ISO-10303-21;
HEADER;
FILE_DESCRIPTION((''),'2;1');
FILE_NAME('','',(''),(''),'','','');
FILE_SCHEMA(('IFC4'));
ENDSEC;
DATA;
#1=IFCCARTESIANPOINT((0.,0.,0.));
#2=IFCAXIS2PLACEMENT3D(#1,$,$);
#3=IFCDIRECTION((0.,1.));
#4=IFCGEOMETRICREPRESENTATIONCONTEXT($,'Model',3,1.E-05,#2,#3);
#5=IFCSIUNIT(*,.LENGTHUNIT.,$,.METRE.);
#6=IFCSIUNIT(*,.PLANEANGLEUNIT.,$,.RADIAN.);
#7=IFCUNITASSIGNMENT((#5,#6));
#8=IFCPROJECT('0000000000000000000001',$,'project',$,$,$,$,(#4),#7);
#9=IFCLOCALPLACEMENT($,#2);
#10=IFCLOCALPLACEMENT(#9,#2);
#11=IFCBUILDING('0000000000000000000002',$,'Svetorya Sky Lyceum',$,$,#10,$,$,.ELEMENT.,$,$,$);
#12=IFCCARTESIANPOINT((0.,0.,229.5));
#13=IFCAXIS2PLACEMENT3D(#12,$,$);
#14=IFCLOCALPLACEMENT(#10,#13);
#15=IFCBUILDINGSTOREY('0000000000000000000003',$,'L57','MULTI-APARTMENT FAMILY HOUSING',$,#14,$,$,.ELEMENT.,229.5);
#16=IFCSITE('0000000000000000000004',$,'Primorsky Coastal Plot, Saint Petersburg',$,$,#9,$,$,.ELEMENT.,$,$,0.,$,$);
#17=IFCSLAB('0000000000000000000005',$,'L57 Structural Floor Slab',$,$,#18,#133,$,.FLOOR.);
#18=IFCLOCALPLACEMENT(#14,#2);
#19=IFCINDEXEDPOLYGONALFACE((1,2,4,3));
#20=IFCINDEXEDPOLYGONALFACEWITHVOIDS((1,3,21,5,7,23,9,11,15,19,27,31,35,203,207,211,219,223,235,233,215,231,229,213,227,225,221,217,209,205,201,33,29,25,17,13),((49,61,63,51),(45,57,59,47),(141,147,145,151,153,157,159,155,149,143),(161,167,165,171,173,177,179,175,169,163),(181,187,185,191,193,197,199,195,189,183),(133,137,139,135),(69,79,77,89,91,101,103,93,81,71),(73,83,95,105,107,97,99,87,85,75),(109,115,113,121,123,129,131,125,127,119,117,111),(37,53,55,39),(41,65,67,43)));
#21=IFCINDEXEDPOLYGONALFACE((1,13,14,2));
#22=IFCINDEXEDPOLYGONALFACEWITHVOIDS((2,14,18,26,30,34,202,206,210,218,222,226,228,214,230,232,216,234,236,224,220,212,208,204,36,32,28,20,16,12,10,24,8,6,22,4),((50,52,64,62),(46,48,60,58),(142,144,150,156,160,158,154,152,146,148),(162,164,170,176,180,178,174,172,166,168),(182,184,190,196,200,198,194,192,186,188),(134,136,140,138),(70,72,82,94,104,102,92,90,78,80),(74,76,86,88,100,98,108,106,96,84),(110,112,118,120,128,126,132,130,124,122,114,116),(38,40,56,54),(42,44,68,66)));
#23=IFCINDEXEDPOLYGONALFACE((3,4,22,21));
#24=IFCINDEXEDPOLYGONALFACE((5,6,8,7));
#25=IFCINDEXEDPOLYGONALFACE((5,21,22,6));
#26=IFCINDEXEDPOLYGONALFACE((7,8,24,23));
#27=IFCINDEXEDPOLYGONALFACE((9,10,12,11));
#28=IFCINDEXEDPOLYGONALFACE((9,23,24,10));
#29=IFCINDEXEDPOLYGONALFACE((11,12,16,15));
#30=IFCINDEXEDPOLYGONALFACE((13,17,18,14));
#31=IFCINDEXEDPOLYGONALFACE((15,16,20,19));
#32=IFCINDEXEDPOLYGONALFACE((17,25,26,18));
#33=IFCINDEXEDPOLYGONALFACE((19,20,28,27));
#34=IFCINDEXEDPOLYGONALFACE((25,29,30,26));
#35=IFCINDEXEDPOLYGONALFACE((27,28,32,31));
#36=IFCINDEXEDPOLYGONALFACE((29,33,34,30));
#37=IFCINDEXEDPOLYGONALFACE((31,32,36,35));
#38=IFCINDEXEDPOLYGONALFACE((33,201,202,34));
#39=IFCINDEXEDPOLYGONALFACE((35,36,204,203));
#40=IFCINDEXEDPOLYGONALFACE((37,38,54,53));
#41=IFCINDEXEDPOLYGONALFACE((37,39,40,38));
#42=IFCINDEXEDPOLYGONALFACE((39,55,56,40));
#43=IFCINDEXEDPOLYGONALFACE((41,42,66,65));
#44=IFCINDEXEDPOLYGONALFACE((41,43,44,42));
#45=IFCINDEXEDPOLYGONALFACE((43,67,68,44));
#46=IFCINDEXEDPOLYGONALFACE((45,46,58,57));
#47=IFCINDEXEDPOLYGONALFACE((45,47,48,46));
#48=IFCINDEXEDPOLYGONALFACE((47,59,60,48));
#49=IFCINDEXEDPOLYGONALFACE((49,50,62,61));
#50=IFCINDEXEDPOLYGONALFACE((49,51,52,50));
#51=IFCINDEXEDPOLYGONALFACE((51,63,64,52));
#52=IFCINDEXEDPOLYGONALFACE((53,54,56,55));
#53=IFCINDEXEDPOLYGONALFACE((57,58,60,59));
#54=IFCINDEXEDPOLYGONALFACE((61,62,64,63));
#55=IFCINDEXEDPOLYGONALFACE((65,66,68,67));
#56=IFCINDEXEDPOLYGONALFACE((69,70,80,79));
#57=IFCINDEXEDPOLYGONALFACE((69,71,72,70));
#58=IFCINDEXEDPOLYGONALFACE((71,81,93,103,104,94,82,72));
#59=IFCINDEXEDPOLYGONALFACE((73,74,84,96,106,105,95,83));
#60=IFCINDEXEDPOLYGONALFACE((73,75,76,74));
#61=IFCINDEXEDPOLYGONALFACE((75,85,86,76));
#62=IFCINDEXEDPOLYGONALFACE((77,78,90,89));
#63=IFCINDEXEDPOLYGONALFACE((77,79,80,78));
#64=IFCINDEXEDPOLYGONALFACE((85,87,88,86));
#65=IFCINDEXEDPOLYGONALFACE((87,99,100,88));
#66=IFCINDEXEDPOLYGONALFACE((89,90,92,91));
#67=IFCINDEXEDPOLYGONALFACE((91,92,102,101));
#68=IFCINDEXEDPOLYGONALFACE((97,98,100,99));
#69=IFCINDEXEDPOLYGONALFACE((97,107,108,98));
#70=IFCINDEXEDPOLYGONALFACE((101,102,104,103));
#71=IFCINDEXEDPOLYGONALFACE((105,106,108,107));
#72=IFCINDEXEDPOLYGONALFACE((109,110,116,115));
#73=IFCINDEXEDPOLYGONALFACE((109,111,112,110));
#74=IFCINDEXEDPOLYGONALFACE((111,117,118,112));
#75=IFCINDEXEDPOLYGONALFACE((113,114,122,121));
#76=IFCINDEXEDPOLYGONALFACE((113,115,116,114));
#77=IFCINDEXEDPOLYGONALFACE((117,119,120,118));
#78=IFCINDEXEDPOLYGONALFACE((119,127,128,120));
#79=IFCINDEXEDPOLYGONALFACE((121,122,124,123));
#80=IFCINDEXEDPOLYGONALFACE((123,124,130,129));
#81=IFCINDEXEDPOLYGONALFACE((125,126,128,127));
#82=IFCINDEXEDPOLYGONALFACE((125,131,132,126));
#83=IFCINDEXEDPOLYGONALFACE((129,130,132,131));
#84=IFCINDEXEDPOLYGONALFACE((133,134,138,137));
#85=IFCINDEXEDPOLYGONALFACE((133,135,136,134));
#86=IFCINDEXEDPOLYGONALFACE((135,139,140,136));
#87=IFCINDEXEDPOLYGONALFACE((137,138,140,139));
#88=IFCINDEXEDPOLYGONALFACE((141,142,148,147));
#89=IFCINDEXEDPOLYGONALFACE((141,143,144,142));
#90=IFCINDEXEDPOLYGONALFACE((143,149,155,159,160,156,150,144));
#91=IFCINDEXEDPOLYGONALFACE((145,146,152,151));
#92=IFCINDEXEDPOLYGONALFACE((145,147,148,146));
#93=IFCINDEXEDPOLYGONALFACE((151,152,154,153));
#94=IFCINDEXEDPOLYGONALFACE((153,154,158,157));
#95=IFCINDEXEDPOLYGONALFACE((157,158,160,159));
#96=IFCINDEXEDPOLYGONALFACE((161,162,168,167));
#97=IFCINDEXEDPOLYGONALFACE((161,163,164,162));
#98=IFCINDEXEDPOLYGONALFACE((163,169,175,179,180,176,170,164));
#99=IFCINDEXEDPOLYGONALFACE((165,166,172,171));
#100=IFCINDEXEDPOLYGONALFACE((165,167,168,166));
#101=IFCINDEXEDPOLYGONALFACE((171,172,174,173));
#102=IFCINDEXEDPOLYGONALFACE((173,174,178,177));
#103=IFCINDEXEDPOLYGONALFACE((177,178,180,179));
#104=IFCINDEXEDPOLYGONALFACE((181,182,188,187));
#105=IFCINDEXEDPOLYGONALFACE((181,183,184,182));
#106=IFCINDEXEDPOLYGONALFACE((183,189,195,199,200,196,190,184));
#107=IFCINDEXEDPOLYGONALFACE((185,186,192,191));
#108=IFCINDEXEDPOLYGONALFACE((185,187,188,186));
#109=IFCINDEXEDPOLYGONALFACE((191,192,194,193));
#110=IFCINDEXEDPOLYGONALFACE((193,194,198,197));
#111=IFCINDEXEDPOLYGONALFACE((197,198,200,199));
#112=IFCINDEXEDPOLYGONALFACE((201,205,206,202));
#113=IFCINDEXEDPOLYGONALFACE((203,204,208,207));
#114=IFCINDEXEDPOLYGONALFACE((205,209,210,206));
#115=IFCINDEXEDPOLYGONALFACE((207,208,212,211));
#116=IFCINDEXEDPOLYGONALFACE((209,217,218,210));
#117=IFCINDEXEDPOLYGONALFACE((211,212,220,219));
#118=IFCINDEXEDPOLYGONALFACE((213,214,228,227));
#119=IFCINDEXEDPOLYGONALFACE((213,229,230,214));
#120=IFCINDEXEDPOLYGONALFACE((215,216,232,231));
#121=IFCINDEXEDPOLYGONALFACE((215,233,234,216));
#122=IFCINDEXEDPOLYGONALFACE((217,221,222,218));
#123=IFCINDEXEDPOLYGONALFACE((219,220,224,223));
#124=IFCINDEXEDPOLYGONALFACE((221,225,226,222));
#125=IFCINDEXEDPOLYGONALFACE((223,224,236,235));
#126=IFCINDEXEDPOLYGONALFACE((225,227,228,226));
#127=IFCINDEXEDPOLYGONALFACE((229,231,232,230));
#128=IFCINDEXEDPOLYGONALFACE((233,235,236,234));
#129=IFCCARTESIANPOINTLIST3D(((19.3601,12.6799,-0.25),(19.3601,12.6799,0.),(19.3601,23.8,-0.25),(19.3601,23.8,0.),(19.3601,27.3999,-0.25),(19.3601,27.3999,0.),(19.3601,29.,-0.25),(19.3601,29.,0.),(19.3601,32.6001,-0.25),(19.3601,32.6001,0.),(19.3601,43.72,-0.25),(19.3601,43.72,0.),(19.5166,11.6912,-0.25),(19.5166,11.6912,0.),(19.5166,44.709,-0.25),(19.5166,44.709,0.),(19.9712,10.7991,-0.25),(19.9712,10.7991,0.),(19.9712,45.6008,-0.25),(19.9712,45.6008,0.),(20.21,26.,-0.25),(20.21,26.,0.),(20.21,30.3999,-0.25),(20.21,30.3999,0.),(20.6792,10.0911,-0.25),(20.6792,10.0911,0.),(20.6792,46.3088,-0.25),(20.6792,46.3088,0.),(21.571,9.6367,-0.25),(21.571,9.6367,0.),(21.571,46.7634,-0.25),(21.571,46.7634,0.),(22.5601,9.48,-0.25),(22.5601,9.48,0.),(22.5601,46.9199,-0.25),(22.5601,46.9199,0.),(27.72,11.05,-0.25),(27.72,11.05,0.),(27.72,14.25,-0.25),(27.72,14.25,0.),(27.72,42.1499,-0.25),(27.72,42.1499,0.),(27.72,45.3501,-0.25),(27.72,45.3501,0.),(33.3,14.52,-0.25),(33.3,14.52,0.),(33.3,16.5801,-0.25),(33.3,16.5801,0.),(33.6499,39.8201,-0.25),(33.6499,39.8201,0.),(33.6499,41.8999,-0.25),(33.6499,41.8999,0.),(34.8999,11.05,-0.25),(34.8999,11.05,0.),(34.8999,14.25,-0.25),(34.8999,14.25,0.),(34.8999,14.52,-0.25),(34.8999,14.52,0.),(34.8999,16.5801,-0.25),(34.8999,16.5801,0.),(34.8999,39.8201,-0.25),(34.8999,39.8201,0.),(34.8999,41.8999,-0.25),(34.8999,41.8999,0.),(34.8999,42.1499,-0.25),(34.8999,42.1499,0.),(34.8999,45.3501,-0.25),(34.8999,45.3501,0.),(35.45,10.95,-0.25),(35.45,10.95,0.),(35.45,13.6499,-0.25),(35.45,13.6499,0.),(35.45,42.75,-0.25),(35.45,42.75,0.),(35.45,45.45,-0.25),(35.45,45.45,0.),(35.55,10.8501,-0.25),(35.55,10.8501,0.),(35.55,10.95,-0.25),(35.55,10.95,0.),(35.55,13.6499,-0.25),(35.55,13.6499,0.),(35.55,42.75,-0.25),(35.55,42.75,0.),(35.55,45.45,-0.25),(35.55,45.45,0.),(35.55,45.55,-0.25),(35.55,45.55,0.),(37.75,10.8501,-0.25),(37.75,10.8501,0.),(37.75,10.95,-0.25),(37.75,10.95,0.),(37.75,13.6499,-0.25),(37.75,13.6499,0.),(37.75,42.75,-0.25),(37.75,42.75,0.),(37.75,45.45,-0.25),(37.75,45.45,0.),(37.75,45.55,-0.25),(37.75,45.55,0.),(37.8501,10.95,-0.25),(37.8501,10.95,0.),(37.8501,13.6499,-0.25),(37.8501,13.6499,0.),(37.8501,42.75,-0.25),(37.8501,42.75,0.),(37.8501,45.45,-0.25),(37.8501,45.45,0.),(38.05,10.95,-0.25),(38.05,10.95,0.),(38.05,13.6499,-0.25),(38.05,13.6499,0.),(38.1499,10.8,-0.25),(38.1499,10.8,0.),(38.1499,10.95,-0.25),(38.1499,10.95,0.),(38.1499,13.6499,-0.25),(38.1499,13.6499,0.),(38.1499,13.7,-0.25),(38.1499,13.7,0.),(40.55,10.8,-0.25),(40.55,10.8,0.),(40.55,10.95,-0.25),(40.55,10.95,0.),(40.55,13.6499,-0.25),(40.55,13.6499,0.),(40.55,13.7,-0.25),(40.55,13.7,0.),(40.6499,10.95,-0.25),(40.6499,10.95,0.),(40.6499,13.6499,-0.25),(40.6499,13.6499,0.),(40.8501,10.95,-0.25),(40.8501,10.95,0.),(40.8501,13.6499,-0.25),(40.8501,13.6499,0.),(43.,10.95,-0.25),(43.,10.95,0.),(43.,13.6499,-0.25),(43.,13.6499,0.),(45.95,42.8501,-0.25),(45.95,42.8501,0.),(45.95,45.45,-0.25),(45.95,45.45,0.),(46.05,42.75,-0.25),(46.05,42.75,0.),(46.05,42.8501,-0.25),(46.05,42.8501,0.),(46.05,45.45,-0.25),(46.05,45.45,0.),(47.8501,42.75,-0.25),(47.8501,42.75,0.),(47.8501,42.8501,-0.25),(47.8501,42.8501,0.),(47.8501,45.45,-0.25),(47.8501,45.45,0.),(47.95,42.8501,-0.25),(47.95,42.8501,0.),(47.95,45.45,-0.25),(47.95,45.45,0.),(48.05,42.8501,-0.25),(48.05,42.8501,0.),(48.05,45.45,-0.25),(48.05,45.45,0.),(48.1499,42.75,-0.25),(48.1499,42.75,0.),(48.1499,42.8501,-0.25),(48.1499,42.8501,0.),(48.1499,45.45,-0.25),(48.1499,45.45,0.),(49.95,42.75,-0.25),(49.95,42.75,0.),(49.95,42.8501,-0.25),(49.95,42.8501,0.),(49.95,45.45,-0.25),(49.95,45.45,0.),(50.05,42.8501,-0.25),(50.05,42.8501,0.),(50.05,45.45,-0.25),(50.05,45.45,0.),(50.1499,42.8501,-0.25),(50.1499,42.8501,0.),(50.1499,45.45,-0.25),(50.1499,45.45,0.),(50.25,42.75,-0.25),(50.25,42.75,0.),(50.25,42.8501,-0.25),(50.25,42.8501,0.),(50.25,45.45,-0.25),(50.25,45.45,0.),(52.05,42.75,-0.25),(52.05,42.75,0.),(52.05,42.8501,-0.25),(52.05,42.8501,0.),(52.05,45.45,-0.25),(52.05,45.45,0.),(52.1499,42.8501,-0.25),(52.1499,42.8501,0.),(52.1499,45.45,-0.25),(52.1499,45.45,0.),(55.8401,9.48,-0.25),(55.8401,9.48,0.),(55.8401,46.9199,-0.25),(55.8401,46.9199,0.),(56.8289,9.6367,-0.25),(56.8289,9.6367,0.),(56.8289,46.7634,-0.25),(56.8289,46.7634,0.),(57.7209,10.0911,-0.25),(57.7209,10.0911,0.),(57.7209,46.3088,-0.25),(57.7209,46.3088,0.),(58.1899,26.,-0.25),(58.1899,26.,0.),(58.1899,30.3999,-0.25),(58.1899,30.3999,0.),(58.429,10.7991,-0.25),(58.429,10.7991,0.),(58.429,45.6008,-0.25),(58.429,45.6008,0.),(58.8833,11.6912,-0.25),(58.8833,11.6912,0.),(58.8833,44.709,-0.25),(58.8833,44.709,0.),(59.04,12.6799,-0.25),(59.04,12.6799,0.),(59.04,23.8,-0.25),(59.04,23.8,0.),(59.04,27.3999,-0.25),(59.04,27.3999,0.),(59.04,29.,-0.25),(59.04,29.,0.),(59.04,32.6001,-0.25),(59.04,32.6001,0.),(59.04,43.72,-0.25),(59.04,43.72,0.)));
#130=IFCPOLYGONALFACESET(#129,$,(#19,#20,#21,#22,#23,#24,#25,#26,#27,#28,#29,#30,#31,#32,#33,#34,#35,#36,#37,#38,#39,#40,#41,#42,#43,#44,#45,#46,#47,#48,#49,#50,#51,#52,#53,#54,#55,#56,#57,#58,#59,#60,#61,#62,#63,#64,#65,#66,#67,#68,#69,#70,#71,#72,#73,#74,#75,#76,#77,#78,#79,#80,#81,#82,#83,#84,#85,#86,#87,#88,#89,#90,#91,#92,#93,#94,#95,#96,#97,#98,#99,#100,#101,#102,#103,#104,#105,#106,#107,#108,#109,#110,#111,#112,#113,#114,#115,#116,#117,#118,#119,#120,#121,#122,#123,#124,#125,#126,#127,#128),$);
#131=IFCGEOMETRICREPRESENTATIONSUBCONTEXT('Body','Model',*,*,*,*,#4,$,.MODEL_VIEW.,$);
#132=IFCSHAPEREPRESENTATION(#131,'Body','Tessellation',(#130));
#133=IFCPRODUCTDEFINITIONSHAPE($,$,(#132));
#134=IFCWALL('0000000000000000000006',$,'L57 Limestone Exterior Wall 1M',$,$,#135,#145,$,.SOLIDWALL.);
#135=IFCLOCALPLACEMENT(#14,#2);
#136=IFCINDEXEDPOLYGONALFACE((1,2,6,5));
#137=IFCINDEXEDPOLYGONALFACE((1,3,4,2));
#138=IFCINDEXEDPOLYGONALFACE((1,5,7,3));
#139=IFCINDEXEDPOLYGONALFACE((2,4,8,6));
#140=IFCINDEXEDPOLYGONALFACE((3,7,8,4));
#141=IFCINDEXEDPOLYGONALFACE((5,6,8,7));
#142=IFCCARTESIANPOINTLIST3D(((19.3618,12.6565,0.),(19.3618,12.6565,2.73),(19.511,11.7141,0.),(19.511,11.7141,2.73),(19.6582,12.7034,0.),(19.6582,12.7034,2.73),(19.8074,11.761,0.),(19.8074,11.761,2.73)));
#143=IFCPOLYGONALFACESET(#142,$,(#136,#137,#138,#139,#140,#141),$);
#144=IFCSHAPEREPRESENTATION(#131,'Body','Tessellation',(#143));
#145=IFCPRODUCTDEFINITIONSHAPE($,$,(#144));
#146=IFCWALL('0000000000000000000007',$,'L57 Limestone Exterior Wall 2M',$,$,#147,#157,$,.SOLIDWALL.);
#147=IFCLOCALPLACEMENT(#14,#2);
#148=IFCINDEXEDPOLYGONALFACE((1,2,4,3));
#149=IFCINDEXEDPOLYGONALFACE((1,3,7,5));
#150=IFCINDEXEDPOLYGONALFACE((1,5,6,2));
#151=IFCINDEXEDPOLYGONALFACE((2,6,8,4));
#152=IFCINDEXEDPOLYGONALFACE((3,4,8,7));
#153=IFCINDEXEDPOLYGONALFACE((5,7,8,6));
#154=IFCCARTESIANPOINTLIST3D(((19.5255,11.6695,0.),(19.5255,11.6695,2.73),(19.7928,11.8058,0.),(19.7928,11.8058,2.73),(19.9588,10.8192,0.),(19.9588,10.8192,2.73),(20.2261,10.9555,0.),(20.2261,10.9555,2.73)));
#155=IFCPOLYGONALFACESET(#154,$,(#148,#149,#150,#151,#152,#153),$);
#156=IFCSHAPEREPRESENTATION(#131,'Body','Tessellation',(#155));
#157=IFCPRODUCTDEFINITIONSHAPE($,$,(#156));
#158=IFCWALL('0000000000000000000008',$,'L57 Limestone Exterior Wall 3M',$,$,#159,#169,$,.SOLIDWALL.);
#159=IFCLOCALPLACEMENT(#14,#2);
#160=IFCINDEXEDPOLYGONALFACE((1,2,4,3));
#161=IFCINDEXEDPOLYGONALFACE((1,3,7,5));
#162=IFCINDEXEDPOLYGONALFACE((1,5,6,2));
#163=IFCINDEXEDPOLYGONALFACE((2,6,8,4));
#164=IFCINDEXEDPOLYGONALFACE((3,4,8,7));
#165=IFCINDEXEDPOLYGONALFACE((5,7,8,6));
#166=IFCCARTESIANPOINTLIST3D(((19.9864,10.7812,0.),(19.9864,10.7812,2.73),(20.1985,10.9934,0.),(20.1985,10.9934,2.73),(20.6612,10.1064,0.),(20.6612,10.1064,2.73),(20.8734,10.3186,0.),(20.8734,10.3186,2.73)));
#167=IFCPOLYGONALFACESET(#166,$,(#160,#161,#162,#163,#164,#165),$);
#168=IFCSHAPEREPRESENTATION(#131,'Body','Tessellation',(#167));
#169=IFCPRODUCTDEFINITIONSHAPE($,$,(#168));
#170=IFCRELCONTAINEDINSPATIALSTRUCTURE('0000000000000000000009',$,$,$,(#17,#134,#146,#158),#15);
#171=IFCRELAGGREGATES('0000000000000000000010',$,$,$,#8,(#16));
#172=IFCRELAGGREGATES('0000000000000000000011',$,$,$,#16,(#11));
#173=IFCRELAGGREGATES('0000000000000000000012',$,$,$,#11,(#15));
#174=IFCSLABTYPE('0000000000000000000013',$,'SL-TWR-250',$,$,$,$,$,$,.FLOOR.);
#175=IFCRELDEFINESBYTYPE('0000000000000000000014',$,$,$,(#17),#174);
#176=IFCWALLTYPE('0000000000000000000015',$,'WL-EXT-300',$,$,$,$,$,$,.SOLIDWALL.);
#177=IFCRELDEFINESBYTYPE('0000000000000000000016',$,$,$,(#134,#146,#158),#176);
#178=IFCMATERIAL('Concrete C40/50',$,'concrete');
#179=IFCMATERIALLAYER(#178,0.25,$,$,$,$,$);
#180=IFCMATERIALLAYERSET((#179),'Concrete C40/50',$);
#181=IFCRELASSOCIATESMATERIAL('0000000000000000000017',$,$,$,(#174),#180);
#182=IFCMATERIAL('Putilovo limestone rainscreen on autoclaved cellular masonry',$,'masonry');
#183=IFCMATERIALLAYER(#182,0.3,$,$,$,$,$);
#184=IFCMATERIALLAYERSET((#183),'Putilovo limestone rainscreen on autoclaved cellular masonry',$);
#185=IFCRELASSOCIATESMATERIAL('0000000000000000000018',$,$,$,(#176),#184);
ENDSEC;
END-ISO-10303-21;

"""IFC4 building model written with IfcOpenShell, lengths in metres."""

from ifc_helpers import new_model, si_unit, direction, frame, frame_2d, origin, place, context, subcontext, project, spatial, polyline, rectangle, outline, extrude, material, layer, layer_set, type_object, element, save


model = new_model("IFC4")

# Units and contexts
model_context = context("Model", 3, precision=1e-05, world=origin(), true_north=direction((0.0, 1.0)))
body_context = subcontext(model_context, "Body", "Model", "MODEL_VIEW")
ifc_project = project(units=[si_unit("LENGTHUNIT", "METRE"), si_unit("PLANEANGLEUNIT", "RADIAN")], contexts=[model_context])

# Site, building, storey
site_placement = place(None, origin())
site = spatial("IfcSite", under=ifc_project, at=site_placement, Name="Primorsky Coastal Plot, Saint Petersburg", CompositionType="ELEMENT", RefElevation=0.0)
building_placement = place(site_placement, origin())
building = spatial("IfcBuilding", under=site, at=building_placement, Name="Svetorya Sky Lyceum", CompositionType="ELEMENT")
storey_placement = place(building_placement, frame((0.0, 0.0, 229.5)))
storey = spatial("IfcBuildingStorey", under=building, at=storey_placement, Name="L57", Description="MULTI-APARTMENT FAMILY HOUSING", CompositionType="ELEMENT", Elevation=229.5)

# Shared definitions
ifc_material_1 = material(Name="Concrete C40/50", Category="concrete")

# Slab
ifc_layer_1 = layer(ifc_material_1, 0.25)
ifc_layer_set_1 = layer_set([ifc_layer_1], Name="Concrete C40/50")
slab_type_1 = type_object("IfcSlabType", Name="SL-TWR-250", PredefinedType="FLOOR", material=ifc_layer_set_1)
slab_1_placement = place(storey_placement, frame((0.0, 0.0, -0.25)))
element("IfcSlab", 1, at=slab_1_placement, inside=storey, type_object=slab_type_1, Name="L57 Structural Floor Slab", PredefinedType="FLOOR", context=body_context, shape_type="SweptSolid", body=[
    extrude(outline(polyline([(19.3601, 12.6799), (19.5166, 11.6912), (19.9712, 10.7991), (20.6792, 10.0911), (21.571, 9.6367), (22.5601, 9.48), (55.8401, 9.48), (56.8289, 9.6367), (57.7209, 10.0911), (58.429, 10.7991), (58.8833, 11.6912), (59.04, 12.6799), (59.04, 23.8), (58.1899, 26.0), (59.04, 27.3999), (59.04, 29.0), (58.1899, 30.3999), (59.04, 32.6001), (59.04, 43.72), (58.8833, 44.709), (58.429, 45.6008), (57.7209, 46.3088), (56.8289, 46.7634), (55.8401, 46.9199), (22.5601, 46.9199), (21.571, 46.7634), (20.6792, 46.3088), (19.9712, 45.6008), (19.5166, 44.709), (19.3601, 43.72), (19.3601, 32.6001), (20.21, 30.3999), (19.3601, 29.0), (19.3601, 27.3999), (20.21, 26.0), (19.3601, 23.8), (19.3601, 12.6799)]), holes=[polyline([(37.8501, 10.95), (37.75, 10.95), (37.75, 10.8501), (35.55, 10.8501), (35.55, 10.95), (35.45, 10.95), (35.45, 13.6499), (35.55, 13.6499), (37.75, 13.6499), (37.8501, 13.6499), (37.8501, 10.95)]), polyline([(38.1499, 10.8), (38.1499, 10.95), (38.05, 10.95), (38.05, 13.6499), (38.1499, 13.6499), (38.1499, 13.7), (40.55, 13.7), (40.55, 13.6499), (40.6499, 13.6499), (40.6499, 10.95), (40.55, 10.95), (40.55, 10.8), (38.1499, 10.8)]), polyline([(27.72, 11.05), (27.72, 14.25), (34.8999, 14.25), (34.8999, 11.05), (27.72, 11.05)]), polyline([(33.3, 14.52), (33.3, 16.5801), (34.8999, 16.5801), (34.8999, 14.52), (33.3, 14.52)]), polyline([(33.6499, 39.8201), (33.6499, 41.8999), (34.8999, 41.8999), (34.8999, 39.8201), (33.6499, 39.8201)]), polyline([(27.72, 42.1499), (27.72, 45.3501), (34.8999, 45.3501), (34.8999, 42.1499), (27.72, 42.1499)]), polyline([(37.75, 42.75), (35.55, 42.75), (35.45, 42.75), (35.45, 45.45), (35.55, 45.45), (35.55, 45.55), (37.75, 45.55), (37.75, 45.45), (37.8501, 45.45), (37.8501, 42.75), (37.75, 42.75)]), polyline([(40.8501, 10.95), (40.8501, 13.6499), (43.0, 13.6499), (43.0, 10.95), (40.8501, 10.95)]), polyline([(46.05, 42.75), (46.05, 42.8501), (45.95, 42.8501), (45.95, 45.45), (46.05, 45.45), (47.8501, 45.45), (47.95, 45.45), (47.95, 42.8501), (47.8501, 42.8501), (47.8501, 42.75), (46.05, 42.75)]), polyline([(50.05, 42.8501), (49.95, 42.8501), (49.95, 42.75), (48.1499, 42.75), (48.1499, 42.8501), (48.05, 42.8501), (48.05, 45.45), (48.1499, 45.45), (49.95, 45.45), (50.05, 45.45), (50.05, 42.8501)]), polyline([(52.1499, 42.8501), (52.05, 42.8501), (52.05, 42.75), (50.25, 42.75), (50.25, 42.8501), (50.1499, 42.8501), (50.1499, 45.45), (50.25, 45.45), (52.05, 45.45), (52.1499, 45.45), (52.1499, 42.8501)])]), origin(), (0.0, 0.0, 1.0), 0.25),
])

# Walls
ifc_material_2 = material(Name="Putilovo limestone rainscreen on autoclaved cellular masonry", Category="masonry")
ifc_layer_2 = layer(ifc_material_2, 0.3)
ifc_layer_set_2 = layer_set([ifc_layer_2], Name="Putilovo limestone rainscreen on autoclaved cellular masonry")
wall_type_1 = type_object("IfcWallType", Name="WL-EXT-300", PredefinedType="SOLIDWALL", material=ifc_layer_set_2)
wall_1_placement = place(storey_placement, frame((19.51, 12.6799, 0.0), z_axis=(0.0, 0.0, 1.0), x_axis=(0.156344, -0.987703, 0.0)))
element("IfcWall", 2, at=wall_1_placement, inside=storey, type_object=wall_type_1, Name="L57 Limestone Exterior Wall 1M", PredefinedType="SOLIDWALL", context=body_context, shape_type="SweptSolid", body=[
    extrude(rectangle(XDim=0.9541, YDim=0.3, at=frame_2d((0.4771, 0.0))), origin(), (0.0, 0.0, 1.0), 2.73),
])
for number, where, z_axis, x_axis, name in (
    (3, (19.6592, 11.7375, 0.0), (0.0, 0.0, 1.0), (0.454056, -0.890973, 0.0), "L57 Limestone Exterior Wall 2M"),
    (4, (20.0925, 10.8872, 0.0), (0.0, 0.0, 1.0), (0.707107, -0.707107, 0.0), "L57 Limestone Exterior Wall 3M"),
):
    element("IfcWall", number, at=place(storey_placement, frame(where, z_axis=z_axis, x_axis=x_axis)), inside=storey, type_object=wall_type_1, Name=name, PredefinedType="SOLIDWALL", context=body_context, shape_type="SweptSolid", body=[
        extrude(rectangle(XDim=0.9543, YDim=0.3, at=frame_2d((0.4771, 0.0))), origin(), (0.0, 0.0, 1.0), 2.73),
    ])

save(model, "model.ifc")
